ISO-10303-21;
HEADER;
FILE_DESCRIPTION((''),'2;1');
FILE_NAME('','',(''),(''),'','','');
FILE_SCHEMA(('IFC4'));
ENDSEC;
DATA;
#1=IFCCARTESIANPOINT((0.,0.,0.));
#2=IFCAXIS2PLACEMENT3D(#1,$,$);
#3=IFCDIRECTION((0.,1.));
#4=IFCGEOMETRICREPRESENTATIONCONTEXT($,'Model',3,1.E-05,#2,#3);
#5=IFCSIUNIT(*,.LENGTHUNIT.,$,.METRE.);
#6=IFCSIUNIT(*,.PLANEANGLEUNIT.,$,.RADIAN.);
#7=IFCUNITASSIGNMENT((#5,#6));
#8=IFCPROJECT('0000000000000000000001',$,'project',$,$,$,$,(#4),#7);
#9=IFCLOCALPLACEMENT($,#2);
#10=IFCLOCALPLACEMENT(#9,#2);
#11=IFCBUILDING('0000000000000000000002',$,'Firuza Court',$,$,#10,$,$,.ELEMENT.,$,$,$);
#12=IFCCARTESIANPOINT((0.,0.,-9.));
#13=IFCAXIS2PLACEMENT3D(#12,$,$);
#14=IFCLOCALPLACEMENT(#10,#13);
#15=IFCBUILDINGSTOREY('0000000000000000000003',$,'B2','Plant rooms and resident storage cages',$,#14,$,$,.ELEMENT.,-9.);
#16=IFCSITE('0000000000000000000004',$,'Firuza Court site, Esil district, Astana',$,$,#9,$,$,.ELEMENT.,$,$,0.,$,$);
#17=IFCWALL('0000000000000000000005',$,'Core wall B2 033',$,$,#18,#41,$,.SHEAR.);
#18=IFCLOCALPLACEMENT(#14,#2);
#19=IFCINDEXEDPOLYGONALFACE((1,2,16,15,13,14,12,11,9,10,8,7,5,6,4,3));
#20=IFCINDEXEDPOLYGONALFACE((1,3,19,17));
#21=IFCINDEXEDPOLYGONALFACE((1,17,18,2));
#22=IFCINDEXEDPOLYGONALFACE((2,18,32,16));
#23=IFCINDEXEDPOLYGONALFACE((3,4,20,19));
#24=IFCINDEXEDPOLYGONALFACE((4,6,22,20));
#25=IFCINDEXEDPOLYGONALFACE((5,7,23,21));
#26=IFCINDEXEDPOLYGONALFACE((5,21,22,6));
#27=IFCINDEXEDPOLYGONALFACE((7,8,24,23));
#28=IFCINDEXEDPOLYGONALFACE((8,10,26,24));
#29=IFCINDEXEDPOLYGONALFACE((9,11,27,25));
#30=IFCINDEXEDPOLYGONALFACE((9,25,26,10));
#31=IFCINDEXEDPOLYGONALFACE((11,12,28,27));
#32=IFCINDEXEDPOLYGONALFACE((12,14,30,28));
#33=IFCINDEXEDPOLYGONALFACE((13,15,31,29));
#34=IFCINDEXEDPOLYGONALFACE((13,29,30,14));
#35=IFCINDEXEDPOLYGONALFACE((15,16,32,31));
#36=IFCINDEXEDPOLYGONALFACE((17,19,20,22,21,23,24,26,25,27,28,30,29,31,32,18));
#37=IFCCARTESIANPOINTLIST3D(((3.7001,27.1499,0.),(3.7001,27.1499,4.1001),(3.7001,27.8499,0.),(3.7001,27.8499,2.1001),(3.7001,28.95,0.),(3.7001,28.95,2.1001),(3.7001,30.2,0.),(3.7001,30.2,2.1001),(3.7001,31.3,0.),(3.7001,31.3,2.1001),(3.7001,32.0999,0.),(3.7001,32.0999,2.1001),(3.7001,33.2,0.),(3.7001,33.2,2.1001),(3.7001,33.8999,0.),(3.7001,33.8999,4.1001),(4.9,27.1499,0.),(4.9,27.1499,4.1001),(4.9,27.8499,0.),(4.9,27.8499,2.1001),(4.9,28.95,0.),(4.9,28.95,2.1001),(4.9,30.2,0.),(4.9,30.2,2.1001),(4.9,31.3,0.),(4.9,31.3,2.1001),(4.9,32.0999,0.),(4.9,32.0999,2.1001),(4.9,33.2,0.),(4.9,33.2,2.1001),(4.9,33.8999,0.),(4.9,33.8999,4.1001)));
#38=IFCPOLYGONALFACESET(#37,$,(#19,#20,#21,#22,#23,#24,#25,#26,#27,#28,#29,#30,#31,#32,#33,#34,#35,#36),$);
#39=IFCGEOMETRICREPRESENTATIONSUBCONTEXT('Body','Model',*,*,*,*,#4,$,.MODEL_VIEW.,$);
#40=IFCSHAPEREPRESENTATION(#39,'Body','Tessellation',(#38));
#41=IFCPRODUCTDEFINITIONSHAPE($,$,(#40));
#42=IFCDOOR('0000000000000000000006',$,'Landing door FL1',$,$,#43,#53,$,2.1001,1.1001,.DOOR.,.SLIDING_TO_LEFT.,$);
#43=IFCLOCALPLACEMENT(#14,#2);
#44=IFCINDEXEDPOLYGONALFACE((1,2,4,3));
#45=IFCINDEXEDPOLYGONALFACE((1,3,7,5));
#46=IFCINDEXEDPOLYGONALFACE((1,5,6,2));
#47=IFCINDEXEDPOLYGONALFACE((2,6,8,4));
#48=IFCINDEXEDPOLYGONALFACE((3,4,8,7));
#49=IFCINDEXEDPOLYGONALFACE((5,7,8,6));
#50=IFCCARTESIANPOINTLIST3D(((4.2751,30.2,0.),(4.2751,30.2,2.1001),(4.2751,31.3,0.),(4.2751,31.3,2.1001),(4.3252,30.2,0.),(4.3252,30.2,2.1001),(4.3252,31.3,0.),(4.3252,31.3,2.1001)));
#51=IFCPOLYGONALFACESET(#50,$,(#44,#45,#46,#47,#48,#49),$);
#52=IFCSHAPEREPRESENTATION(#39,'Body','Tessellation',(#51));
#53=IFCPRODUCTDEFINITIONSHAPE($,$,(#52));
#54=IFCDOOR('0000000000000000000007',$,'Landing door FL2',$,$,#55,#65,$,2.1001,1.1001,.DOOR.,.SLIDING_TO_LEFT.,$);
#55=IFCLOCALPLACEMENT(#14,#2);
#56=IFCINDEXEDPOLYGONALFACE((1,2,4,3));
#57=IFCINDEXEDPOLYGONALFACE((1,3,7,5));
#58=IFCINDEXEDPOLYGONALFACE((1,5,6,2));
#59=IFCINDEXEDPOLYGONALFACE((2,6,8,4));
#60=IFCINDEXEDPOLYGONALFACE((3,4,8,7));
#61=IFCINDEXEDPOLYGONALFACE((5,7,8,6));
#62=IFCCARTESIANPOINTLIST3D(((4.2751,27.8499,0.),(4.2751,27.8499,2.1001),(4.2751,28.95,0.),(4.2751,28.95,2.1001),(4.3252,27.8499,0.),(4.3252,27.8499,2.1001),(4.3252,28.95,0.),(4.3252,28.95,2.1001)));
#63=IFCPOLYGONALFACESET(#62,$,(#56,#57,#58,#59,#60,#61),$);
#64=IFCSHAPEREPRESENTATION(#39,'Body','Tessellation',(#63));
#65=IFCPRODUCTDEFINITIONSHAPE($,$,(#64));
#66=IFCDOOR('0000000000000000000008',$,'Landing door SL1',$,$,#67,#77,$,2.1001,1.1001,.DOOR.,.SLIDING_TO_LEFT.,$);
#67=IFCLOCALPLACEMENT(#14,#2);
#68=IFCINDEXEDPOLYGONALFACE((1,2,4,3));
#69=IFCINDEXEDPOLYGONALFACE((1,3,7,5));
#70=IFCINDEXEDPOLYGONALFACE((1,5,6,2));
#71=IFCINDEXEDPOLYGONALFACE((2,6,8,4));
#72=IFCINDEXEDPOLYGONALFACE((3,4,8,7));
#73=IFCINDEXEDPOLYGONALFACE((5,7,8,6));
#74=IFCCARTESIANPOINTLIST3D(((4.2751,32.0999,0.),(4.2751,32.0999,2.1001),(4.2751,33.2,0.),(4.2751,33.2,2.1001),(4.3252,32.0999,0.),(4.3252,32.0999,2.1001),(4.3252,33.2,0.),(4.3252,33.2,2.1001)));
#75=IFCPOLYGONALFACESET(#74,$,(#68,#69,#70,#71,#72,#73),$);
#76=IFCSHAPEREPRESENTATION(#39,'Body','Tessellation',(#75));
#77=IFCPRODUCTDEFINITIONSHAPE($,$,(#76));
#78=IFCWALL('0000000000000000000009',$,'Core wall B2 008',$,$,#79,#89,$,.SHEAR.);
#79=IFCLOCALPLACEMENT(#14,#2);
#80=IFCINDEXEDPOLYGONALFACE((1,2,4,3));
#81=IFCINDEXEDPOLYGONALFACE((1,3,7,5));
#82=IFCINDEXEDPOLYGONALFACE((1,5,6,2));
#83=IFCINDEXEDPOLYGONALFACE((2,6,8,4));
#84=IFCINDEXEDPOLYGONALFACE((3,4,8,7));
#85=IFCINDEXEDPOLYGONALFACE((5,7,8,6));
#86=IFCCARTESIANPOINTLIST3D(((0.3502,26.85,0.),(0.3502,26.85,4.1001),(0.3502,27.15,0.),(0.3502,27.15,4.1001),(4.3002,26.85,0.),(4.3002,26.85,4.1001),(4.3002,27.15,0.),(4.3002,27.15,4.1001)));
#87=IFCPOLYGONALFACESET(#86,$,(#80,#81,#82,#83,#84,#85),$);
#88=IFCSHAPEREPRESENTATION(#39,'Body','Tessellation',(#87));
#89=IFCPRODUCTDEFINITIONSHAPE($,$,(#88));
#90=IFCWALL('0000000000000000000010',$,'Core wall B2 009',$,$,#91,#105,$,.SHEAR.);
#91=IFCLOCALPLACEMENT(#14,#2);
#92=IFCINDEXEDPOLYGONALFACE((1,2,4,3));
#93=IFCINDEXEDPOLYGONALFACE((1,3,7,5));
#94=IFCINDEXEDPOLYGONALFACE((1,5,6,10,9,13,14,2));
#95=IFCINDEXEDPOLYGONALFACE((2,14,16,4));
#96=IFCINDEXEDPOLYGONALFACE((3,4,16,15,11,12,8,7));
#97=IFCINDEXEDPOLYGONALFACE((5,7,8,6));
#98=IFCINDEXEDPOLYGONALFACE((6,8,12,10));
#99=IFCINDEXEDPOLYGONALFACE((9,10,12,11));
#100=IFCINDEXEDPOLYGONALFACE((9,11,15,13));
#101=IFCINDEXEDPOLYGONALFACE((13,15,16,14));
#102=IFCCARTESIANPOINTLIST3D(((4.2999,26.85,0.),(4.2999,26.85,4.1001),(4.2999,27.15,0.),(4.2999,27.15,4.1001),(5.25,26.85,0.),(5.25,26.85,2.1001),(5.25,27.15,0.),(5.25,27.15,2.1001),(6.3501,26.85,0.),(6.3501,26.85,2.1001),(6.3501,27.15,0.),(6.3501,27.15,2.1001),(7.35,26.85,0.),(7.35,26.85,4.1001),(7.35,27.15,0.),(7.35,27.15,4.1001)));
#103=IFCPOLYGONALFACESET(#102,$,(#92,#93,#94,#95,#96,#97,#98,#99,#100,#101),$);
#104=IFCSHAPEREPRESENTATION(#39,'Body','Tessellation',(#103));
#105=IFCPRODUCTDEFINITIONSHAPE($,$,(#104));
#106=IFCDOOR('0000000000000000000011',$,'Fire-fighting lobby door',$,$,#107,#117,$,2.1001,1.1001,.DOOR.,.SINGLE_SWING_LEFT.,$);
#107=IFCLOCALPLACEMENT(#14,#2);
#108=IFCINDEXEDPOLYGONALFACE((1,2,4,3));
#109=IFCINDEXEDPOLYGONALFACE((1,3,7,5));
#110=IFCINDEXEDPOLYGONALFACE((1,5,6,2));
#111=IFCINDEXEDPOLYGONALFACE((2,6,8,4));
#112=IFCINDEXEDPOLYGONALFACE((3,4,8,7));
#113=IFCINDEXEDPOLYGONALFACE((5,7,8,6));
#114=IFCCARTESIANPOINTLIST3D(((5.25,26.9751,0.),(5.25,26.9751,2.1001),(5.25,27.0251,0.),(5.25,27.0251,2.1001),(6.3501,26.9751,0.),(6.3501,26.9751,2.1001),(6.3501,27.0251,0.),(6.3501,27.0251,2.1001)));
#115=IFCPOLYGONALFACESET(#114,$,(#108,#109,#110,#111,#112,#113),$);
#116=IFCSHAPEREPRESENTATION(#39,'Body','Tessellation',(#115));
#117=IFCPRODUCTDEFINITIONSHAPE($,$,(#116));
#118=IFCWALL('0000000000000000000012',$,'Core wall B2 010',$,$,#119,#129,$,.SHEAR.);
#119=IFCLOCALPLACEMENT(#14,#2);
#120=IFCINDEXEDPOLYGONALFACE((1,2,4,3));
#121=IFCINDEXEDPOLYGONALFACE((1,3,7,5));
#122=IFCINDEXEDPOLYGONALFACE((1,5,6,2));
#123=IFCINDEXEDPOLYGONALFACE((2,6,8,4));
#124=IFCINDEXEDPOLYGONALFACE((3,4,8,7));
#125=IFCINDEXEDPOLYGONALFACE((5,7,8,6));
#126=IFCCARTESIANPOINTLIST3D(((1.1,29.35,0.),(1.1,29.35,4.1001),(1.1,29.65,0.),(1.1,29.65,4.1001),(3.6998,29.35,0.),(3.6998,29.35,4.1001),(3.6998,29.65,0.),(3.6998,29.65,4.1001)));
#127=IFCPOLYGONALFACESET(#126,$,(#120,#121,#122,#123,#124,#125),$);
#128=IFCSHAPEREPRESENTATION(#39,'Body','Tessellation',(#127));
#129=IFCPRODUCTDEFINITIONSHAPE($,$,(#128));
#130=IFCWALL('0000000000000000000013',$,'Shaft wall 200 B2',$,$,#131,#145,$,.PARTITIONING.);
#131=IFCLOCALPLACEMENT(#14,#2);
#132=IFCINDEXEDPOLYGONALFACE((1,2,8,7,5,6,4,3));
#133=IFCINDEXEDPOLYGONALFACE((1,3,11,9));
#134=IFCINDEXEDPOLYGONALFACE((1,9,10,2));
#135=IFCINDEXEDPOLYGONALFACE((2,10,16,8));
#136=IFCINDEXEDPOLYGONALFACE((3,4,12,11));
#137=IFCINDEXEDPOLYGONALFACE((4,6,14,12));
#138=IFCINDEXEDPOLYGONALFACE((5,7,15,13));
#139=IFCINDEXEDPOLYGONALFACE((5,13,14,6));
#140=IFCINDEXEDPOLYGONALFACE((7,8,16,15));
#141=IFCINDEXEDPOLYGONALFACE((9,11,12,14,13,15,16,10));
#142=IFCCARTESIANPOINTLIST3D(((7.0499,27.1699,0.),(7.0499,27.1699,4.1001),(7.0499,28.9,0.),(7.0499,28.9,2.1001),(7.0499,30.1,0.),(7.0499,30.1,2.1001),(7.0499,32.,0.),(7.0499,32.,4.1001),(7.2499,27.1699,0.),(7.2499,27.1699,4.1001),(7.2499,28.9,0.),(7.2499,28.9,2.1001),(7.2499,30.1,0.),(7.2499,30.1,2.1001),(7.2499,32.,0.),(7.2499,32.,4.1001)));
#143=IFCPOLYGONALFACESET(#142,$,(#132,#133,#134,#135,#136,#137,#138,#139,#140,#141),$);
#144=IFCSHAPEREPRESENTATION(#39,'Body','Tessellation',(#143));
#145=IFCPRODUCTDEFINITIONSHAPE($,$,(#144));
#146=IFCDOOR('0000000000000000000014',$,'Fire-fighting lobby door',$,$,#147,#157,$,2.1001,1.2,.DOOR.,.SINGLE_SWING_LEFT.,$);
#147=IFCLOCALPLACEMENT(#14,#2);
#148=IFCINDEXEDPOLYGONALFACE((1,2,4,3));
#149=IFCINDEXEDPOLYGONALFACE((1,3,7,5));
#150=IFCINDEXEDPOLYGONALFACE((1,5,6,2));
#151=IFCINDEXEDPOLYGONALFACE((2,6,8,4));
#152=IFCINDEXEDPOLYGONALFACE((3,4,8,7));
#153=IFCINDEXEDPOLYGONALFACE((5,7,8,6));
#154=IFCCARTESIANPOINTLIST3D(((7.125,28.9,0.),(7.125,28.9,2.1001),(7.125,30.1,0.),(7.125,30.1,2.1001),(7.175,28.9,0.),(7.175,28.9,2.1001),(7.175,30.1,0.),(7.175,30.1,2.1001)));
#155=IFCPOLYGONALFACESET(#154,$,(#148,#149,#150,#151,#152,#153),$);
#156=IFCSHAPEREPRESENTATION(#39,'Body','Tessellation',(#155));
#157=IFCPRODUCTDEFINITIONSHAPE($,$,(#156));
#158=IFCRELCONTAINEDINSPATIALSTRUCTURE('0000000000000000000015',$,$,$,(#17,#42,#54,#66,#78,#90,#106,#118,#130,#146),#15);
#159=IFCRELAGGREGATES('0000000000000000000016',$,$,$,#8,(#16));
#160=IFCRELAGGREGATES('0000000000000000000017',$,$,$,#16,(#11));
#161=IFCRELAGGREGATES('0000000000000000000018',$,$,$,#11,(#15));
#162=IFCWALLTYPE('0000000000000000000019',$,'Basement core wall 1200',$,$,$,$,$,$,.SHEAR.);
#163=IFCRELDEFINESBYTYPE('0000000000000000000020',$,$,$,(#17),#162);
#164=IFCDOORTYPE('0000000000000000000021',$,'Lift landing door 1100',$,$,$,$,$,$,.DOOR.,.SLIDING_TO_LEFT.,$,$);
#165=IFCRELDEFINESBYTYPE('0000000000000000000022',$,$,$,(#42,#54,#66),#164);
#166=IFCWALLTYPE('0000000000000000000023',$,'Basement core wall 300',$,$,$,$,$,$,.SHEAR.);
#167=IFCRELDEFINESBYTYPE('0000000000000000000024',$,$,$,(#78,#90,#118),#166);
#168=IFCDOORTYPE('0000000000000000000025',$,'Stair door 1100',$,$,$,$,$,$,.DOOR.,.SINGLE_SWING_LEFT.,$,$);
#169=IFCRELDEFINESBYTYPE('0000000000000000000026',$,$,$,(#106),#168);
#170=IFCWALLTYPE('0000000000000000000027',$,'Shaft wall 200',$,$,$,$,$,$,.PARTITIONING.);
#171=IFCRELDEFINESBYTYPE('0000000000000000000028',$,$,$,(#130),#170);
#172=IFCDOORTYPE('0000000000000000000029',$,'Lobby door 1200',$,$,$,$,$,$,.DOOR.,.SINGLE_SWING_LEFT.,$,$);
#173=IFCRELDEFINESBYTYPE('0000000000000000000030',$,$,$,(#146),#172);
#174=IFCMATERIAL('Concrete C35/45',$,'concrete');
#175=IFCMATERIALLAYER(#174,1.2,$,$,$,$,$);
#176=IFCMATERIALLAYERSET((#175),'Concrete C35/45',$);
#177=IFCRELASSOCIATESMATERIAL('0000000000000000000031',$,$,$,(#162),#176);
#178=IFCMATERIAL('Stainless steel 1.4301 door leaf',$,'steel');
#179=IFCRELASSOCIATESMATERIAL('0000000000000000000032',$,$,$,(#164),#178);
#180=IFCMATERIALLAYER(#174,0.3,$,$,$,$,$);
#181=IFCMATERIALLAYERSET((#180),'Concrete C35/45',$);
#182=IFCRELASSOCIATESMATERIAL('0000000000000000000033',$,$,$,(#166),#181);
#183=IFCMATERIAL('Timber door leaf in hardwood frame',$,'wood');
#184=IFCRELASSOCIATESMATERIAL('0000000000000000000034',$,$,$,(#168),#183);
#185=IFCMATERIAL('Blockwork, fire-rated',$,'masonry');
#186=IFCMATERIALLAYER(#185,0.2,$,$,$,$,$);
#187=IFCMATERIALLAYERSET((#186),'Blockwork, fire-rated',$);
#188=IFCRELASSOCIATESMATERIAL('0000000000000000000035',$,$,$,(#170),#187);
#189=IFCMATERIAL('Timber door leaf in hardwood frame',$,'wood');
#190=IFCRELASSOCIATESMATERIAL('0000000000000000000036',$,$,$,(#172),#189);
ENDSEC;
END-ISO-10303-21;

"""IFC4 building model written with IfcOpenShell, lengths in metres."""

from ifc_helpers import new_model, si_unit, direction, frame, frame_2d, origin, place, context, subcontext, project, spatial, rectangle, extrude, material, layer, layer_set, type_object, element, fill, save


model = new_model("IFC4")

# Units and contexts
model_context = context("Model", 3, precision=1e-05, world=origin(), true_north=direction((0.0, 1.0)))
body_context = subcontext(model_context, "Body", "Model", "MODEL_VIEW")
ifc_project = project(units=[si_unit("LENGTHUNIT", "METRE"), si_unit("PLANEANGLEUNIT", "RADIAN")], contexts=[model_context])

# Site, building, storey
site_placement = place(None, origin())
site = spatial("IfcSite", under=ifc_project, at=site_placement, Name="Firuza Court site, Esil district, Astana", CompositionType="ELEMENT", RefElevation=0.0)
building_placement = place(site_placement, origin())
building = spatial("IfcBuilding", under=site, at=building_placement, Name="Firuza Court", CompositionType="ELEMENT")
storey_placement = place(building_placement, frame((0.0, 0.0, -9.0)))
storey = spatial("IfcBuildingStorey", under=building, at=storey_placement, Name="B2", Description="Plant rooms and resident storage cages", CompositionType="ELEMENT", Elevation=-9.0)

# Shared definitions
ifc_material_1 = material(Name="Concrete C35/45", Category="concrete")
ifc_layer_1 = layer(ifc_material_1, 1.2)
ifc_layer_set_1 = layer_set([ifc_layer_1], Name="Concrete C35/45")
wall_type_1 = type_object("IfcWallType", Name="Basement core wall 1200", PredefinedType="SHEAR", material=ifc_layer_set_1)

# Wall, openings, doors
wall_1_placement = place(storey_placement, frame((4.3, 27.1499, 0.0), z_axis=(0.0, 0.0, 1.0), x_axis=(0.0, 1.0, 0.0)))
wall_1 = element("IfcWall", 1, at=wall_1_placement, inside=storey, type_object=wall_type_1, Name="Core wall B2 033", PredefinedType="SHEAR", context=body_context, shape_type="SweptSolid", body=[
    extrude(rectangle(XDim=6.75, YDim=1.2, at=frame_2d((3.375, 0.0))), origin(), (0.0, 0.0, 1.0), 4.1001),
])
opening_1_placement = place(wall_1_placement, frame((3.05, 0.0, 0.0)))
opening_1 = element("IfcOpeningElement", 2, at=opening_1_placement, cuts=wall_1, PredefinedType="OPENING", context=body_context, shape_type="SweptSolid", body=[
    extrude(rectangle(XDim=1.1001, YDim=2.1001, at=frame_2d((0.55, 1.05))), frame((0.0, 0.6118, 0.0), z_axis=(0.0, -1.0, 0.0), x_axis=(1.0, 0.0, 0.0)), (0.0, 0.0, 1.0), 1.2239),
])
opening_2_placement = place(wall_1_placement, frame((0.7, 0.0, 0.0)))
opening_2 = element("IfcOpeningElement", 3, at=opening_2_placement, cuts=wall_1, PredefinedType="OPENING", context=body_context, shape_type="SweptSolid", body=[
    extrude(rectangle(XDim=1.1001, YDim=2.1001, at=frame_2d((0.55, 1.05))), frame((0.0, 0.6118, 0.0), z_axis=(0.0, -1.0, 0.0), x_axis=(1.0, 0.0, 0.0)), (0.0, 0.0, 1.0), 1.2239),
])
opening_3_placement = place(wall_1_placement, frame((4.95, 0.0, 0.0)))
opening_3 = element("IfcOpeningElement", 4, at=opening_3_placement, cuts=wall_1, PredefinedType="OPENING", context=body_context, shape_type="SweptSolid", body=[
    extrude(rectangle(XDim=1.1001, YDim=2.1001, at=frame_2d((0.55, 1.05))), frame((0.0, 0.6118, 0.0), z_axis=(0.0, -1.0, 0.0), x_axis=(1.0, 0.0, 0.0)), (0.0, 0.0, 1.0), 1.2239),
])
ifc_material_2 = material(Name="Stainless steel 1.4301 door leaf", Category="steel")
door_type_1 = type_object("IfcDoorType", Name="Lift landing door 1100", OperationType="SLIDING_TO_LEFT", PredefinedType="DOOR", material=ifc_material_2)
door_1_placement = place(opening_1_placement, origin())
door_1 = element("IfcDoor", 5, at=door_1_placement, inside=storey, type_object=door_type_1, Name="Landing door FL1", OperationType="SLIDING_TO_LEFT", OverallHeight=2.1001, OverallWidth=1.1001, PredefinedType="DOOR", context=body_context, shape_type="SweptSolid", body=[
    extrude(rectangle(XDim=1.1001, YDim=2.1001, at=frame_2d((0.55, 1.05))), frame((0.0, 0.0249, 0.0), z_axis=(0.0, -1.0, 0.0), x_axis=(1.0, 0.0, 0.0)), (0.0, 0.0, 1.0), 0.05),
])
fill(opening_1, door_1)
door_2_placement = place(opening_2_placement, origin())
door_2 = element("IfcDoor", 6, at=door_2_placement, inside=storey, type_object=door_type_1, Name="Landing door FL2", OperationType="SLIDING_TO_LEFT", OverallHeight=2.1001, OverallWidth=1.1001, PredefinedType="DOOR", context=body_context, shape_type="SweptSolid", body=[
    extrude(rectangle(XDim=1.1001, YDim=2.1001, at=frame_2d((0.55, 1.05))), frame((0.0, 0.0249, 0.0), z_axis=(0.0, -1.0, 0.0), x_axis=(1.0, 0.0, 0.0)), (0.0, 0.0, 1.0), 0.05),
])
fill(opening_2, door_2)
door_3_placement = place(opening_3_placement, origin())
door_3 = element("IfcDoor", 7, at=door_3_placement, inside=storey, type_object=door_type_1, Name="Landing door SL1", OperationType="SLIDING_TO_LEFT", OverallHeight=2.1001, OverallWidth=1.1001, PredefinedType="DOOR", context=body_context, shape_type="SweptSolid", body=[
    extrude(rectangle(XDim=1.1001, YDim=2.1001, at=frame_2d((0.55, 1.05))), frame((0.0, 0.0249, 0.0), z_axis=(0.0, -1.0, 0.0), x_axis=(1.0, 0.0, 0.0)), (0.0, 0.0, 1.0), 0.05),
])
fill(opening_3, door_3)

# Wall
ifc_layer_2 = layer(ifc_material_1, 0.3)
ifc_layer_set_2 = layer_set([ifc_layer_2], Name="Concrete C35/45")
wall_type_2 = type_object("IfcWallType", Name="Basement core wall 300", PredefinedType="SHEAR", material=ifc_layer_set_2)
wall_2_placement = place(storey_placement, frame((0.3501, 27.0, 0.0), z_axis=(0.0, 0.0, 1.0), x_axis=(1.0, 0.0, 0.0)))
element("IfcWall", 8, at=wall_2_placement, inside=storey, type_object=wall_type_2, Name="Core wall B2 008", PredefinedType="SHEAR", context=body_context, shape_type="SweptSolid", body=[
    extrude(rectangle(XDim=3.95, YDim=0.3, at=frame_2d((1.9751, 0.0))), origin(), (0.0, 0.0, 1.0), 4.1001),
])

# Wall, opening, door
wall_3_placement = place(storey_placement, frame((4.3, 27.0, 0.0), z_axis=(0.0, 0.0, 1.0), x_axis=(1.0, 0.0, 0.0)))
wall_3 = element("IfcWall", 9, at=wall_3_placement, inside=storey, type_object=wall_type_2, Name="Core wall B2 009", PredefinedType="SHEAR", context=body_context, shape_type="SweptSolid", body=[
    extrude(rectangle(XDim=3.05, YDim=0.3, at=frame_2d((1.5249, 0.0))), origin(), (0.0, 0.0, 1.0), 4.1001),
])
opening_4_placement = place(wall_3_placement, frame((0.95, 0.0, 0.0)))
opening_4 = element("IfcOpeningElement", 10, at=opening_4_placement, cuts=wall_3, PredefinedType="OPENING", context=body_context, shape_type="SweptSolid", body=[
    extrude(rectangle(XDim=1.1001, YDim=2.1001, at=frame_2d((0.55, 1.05))), frame((0.0, 0.1621, 0.0), z_axis=(0.0, -1.0, 0.0), x_axis=(1.0, 0.0, 0.0)), (0.0, 0.0, 1.0), 0.324),
])
ifc_material_3 = material(Name="Timber door leaf in hardwood frame", Category="wood")
door_type_2 = type_object("IfcDoorType", Name="Stair door 1100", OperationType="SINGLE_SWING_LEFT", PredefinedType="DOOR", material=ifc_material_3)
door_4_placement = place(opening_4_placement, frame((1.1001, 0.0, 0.0), z_axis=(0.0, 0.0, 1.0), x_axis=(-1.0, 0.0, 0.0)))
door_4 = element("IfcDoor", 11, at=door_4_placement, inside=storey, type_object=door_type_2, Name="Fire-fighting lobby door", OperationType="SINGLE_SWING_LEFT", OverallHeight=2.1001, OverallWidth=1.1001, PredefinedType="DOOR", context=body_context, shape_type="SweptSolid", body=[
    extrude(rectangle(XDim=1.1001, YDim=2.1001, at=frame_2d((0.55, 1.05))), frame((0.0, 0.0249, 0.0), z_axis=(0.0, -1.0, 0.0), x_axis=(1.0, 0.0, 0.0)), (0.0, 0.0, 1.0), 0.05),
])
fill(opening_4, door_4)

# Wall
wall_4_placement = place(storey_placement, frame((1.1001, 29.5, 0.0), z_axis=(0.0, 0.0, 1.0), x_axis=(1.0, 0.0, 0.0)))
element("IfcWall", 12, at=wall_4_placement, inside=storey, type_object=wall_type_2, Name="Core wall B2 010", PredefinedType="SHEAR", context=body_context, shape_type="SweptSolid", body=[
    extrude(rectangle(XDim=2.5999, YDim=0.3, at=frame_2d((1.2998, 0.0))), origin(), (0.0, 0.0, 1.0), 4.1001),
])

# Wall, opening, door
ifc_material_4 = material(Name="Blockwork, fire-rated", Category="masonry")
ifc_layer_3 = layer(ifc_material_4, 0.2)
ifc_layer_set_3 = layer_set([ifc_layer_3], Name="Blockwork, fire-rated")
wall_type_3 = type_object("IfcWallType", Name="Shaft wall 200", PredefinedType="PARTITIONING", material=ifc_layer_set_3)
wall_5_placement = place(storey_placement, frame((7.1499, 27.1699, 0.0), z_axis=(0.0, 0.0, 1.0), x_axis=(0.0, 1.0, 0.0)))
wall_5 = element("IfcWall", 13, at=wall_5_placement, inside=storey, type_object=wall_type_3, Name="Shaft wall 200 B2", PredefinedType="PARTITIONING", context=body_context, shape_type="SweptSolid", body=[
    extrude(rectangle(XDim=4.8301, YDim=0.2, at=frame_2d((2.415, 0.0))), origin(), (0.0, 0.0, 1.0), 4.1001),
])
opening_5_placement = place(wall_5_placement, frame((1.73, 0.0, 0.0)))
opening_5 = element("IfcOpeningElement", 14, at=opening_5_placement, cuts=wall_5, PredefinedType="OPENING", context=body_context, shape_type="SweptSolid", body=[
    extrude(rectangle(XDim=1.2, YDim=2.1001, at=frame_2d((0.6001, 1.05))), frame((0.0, 0.1118, 0.0), z_axis=(0.0, -1.0, 0.0), x_axis=(1.0, 0.0, 0.0)), (0.0, 0.0, 1.0), 0.2239),
])
ifc_material_5 = material(Name="Timber door leaf in hardwood frame", Category="wood")
door_type_3 = type_object("IfcDoorType", Name="Lobby door 1200", OperationType="SINGLE_SWING_LEFT", PredefinedType="DOOR", material=ifc_material_5)
door_5_placement = place(opening_5_placement, origin())
door_5 = element("IfcDoor", 15, at=door_5_placement, inside=storey, type_object=door_type_3, Name="Fire-fighting lobby door", OperationType="SINGLE_SWING_LEFT", OverallHeight=2.1001, OverallWidth=1.2, PredefinedType="DOOR", context=body_context, shape_type="SweptSolid", body=[
    extrude(rectangle(XDim=1.2, YDim=2.1001, at=frame_2d((0.6001, 1.05))), frame((0.0, 0.0249, 0.0), z_axis=(0.0, -1.0, 0.0), x_axis=(1.0, 0.0, 0.0)), (0.0, 0.0, 1.0), 0.05),
])
fill(opening_5, door_5)

save(model, "model.ifc")
